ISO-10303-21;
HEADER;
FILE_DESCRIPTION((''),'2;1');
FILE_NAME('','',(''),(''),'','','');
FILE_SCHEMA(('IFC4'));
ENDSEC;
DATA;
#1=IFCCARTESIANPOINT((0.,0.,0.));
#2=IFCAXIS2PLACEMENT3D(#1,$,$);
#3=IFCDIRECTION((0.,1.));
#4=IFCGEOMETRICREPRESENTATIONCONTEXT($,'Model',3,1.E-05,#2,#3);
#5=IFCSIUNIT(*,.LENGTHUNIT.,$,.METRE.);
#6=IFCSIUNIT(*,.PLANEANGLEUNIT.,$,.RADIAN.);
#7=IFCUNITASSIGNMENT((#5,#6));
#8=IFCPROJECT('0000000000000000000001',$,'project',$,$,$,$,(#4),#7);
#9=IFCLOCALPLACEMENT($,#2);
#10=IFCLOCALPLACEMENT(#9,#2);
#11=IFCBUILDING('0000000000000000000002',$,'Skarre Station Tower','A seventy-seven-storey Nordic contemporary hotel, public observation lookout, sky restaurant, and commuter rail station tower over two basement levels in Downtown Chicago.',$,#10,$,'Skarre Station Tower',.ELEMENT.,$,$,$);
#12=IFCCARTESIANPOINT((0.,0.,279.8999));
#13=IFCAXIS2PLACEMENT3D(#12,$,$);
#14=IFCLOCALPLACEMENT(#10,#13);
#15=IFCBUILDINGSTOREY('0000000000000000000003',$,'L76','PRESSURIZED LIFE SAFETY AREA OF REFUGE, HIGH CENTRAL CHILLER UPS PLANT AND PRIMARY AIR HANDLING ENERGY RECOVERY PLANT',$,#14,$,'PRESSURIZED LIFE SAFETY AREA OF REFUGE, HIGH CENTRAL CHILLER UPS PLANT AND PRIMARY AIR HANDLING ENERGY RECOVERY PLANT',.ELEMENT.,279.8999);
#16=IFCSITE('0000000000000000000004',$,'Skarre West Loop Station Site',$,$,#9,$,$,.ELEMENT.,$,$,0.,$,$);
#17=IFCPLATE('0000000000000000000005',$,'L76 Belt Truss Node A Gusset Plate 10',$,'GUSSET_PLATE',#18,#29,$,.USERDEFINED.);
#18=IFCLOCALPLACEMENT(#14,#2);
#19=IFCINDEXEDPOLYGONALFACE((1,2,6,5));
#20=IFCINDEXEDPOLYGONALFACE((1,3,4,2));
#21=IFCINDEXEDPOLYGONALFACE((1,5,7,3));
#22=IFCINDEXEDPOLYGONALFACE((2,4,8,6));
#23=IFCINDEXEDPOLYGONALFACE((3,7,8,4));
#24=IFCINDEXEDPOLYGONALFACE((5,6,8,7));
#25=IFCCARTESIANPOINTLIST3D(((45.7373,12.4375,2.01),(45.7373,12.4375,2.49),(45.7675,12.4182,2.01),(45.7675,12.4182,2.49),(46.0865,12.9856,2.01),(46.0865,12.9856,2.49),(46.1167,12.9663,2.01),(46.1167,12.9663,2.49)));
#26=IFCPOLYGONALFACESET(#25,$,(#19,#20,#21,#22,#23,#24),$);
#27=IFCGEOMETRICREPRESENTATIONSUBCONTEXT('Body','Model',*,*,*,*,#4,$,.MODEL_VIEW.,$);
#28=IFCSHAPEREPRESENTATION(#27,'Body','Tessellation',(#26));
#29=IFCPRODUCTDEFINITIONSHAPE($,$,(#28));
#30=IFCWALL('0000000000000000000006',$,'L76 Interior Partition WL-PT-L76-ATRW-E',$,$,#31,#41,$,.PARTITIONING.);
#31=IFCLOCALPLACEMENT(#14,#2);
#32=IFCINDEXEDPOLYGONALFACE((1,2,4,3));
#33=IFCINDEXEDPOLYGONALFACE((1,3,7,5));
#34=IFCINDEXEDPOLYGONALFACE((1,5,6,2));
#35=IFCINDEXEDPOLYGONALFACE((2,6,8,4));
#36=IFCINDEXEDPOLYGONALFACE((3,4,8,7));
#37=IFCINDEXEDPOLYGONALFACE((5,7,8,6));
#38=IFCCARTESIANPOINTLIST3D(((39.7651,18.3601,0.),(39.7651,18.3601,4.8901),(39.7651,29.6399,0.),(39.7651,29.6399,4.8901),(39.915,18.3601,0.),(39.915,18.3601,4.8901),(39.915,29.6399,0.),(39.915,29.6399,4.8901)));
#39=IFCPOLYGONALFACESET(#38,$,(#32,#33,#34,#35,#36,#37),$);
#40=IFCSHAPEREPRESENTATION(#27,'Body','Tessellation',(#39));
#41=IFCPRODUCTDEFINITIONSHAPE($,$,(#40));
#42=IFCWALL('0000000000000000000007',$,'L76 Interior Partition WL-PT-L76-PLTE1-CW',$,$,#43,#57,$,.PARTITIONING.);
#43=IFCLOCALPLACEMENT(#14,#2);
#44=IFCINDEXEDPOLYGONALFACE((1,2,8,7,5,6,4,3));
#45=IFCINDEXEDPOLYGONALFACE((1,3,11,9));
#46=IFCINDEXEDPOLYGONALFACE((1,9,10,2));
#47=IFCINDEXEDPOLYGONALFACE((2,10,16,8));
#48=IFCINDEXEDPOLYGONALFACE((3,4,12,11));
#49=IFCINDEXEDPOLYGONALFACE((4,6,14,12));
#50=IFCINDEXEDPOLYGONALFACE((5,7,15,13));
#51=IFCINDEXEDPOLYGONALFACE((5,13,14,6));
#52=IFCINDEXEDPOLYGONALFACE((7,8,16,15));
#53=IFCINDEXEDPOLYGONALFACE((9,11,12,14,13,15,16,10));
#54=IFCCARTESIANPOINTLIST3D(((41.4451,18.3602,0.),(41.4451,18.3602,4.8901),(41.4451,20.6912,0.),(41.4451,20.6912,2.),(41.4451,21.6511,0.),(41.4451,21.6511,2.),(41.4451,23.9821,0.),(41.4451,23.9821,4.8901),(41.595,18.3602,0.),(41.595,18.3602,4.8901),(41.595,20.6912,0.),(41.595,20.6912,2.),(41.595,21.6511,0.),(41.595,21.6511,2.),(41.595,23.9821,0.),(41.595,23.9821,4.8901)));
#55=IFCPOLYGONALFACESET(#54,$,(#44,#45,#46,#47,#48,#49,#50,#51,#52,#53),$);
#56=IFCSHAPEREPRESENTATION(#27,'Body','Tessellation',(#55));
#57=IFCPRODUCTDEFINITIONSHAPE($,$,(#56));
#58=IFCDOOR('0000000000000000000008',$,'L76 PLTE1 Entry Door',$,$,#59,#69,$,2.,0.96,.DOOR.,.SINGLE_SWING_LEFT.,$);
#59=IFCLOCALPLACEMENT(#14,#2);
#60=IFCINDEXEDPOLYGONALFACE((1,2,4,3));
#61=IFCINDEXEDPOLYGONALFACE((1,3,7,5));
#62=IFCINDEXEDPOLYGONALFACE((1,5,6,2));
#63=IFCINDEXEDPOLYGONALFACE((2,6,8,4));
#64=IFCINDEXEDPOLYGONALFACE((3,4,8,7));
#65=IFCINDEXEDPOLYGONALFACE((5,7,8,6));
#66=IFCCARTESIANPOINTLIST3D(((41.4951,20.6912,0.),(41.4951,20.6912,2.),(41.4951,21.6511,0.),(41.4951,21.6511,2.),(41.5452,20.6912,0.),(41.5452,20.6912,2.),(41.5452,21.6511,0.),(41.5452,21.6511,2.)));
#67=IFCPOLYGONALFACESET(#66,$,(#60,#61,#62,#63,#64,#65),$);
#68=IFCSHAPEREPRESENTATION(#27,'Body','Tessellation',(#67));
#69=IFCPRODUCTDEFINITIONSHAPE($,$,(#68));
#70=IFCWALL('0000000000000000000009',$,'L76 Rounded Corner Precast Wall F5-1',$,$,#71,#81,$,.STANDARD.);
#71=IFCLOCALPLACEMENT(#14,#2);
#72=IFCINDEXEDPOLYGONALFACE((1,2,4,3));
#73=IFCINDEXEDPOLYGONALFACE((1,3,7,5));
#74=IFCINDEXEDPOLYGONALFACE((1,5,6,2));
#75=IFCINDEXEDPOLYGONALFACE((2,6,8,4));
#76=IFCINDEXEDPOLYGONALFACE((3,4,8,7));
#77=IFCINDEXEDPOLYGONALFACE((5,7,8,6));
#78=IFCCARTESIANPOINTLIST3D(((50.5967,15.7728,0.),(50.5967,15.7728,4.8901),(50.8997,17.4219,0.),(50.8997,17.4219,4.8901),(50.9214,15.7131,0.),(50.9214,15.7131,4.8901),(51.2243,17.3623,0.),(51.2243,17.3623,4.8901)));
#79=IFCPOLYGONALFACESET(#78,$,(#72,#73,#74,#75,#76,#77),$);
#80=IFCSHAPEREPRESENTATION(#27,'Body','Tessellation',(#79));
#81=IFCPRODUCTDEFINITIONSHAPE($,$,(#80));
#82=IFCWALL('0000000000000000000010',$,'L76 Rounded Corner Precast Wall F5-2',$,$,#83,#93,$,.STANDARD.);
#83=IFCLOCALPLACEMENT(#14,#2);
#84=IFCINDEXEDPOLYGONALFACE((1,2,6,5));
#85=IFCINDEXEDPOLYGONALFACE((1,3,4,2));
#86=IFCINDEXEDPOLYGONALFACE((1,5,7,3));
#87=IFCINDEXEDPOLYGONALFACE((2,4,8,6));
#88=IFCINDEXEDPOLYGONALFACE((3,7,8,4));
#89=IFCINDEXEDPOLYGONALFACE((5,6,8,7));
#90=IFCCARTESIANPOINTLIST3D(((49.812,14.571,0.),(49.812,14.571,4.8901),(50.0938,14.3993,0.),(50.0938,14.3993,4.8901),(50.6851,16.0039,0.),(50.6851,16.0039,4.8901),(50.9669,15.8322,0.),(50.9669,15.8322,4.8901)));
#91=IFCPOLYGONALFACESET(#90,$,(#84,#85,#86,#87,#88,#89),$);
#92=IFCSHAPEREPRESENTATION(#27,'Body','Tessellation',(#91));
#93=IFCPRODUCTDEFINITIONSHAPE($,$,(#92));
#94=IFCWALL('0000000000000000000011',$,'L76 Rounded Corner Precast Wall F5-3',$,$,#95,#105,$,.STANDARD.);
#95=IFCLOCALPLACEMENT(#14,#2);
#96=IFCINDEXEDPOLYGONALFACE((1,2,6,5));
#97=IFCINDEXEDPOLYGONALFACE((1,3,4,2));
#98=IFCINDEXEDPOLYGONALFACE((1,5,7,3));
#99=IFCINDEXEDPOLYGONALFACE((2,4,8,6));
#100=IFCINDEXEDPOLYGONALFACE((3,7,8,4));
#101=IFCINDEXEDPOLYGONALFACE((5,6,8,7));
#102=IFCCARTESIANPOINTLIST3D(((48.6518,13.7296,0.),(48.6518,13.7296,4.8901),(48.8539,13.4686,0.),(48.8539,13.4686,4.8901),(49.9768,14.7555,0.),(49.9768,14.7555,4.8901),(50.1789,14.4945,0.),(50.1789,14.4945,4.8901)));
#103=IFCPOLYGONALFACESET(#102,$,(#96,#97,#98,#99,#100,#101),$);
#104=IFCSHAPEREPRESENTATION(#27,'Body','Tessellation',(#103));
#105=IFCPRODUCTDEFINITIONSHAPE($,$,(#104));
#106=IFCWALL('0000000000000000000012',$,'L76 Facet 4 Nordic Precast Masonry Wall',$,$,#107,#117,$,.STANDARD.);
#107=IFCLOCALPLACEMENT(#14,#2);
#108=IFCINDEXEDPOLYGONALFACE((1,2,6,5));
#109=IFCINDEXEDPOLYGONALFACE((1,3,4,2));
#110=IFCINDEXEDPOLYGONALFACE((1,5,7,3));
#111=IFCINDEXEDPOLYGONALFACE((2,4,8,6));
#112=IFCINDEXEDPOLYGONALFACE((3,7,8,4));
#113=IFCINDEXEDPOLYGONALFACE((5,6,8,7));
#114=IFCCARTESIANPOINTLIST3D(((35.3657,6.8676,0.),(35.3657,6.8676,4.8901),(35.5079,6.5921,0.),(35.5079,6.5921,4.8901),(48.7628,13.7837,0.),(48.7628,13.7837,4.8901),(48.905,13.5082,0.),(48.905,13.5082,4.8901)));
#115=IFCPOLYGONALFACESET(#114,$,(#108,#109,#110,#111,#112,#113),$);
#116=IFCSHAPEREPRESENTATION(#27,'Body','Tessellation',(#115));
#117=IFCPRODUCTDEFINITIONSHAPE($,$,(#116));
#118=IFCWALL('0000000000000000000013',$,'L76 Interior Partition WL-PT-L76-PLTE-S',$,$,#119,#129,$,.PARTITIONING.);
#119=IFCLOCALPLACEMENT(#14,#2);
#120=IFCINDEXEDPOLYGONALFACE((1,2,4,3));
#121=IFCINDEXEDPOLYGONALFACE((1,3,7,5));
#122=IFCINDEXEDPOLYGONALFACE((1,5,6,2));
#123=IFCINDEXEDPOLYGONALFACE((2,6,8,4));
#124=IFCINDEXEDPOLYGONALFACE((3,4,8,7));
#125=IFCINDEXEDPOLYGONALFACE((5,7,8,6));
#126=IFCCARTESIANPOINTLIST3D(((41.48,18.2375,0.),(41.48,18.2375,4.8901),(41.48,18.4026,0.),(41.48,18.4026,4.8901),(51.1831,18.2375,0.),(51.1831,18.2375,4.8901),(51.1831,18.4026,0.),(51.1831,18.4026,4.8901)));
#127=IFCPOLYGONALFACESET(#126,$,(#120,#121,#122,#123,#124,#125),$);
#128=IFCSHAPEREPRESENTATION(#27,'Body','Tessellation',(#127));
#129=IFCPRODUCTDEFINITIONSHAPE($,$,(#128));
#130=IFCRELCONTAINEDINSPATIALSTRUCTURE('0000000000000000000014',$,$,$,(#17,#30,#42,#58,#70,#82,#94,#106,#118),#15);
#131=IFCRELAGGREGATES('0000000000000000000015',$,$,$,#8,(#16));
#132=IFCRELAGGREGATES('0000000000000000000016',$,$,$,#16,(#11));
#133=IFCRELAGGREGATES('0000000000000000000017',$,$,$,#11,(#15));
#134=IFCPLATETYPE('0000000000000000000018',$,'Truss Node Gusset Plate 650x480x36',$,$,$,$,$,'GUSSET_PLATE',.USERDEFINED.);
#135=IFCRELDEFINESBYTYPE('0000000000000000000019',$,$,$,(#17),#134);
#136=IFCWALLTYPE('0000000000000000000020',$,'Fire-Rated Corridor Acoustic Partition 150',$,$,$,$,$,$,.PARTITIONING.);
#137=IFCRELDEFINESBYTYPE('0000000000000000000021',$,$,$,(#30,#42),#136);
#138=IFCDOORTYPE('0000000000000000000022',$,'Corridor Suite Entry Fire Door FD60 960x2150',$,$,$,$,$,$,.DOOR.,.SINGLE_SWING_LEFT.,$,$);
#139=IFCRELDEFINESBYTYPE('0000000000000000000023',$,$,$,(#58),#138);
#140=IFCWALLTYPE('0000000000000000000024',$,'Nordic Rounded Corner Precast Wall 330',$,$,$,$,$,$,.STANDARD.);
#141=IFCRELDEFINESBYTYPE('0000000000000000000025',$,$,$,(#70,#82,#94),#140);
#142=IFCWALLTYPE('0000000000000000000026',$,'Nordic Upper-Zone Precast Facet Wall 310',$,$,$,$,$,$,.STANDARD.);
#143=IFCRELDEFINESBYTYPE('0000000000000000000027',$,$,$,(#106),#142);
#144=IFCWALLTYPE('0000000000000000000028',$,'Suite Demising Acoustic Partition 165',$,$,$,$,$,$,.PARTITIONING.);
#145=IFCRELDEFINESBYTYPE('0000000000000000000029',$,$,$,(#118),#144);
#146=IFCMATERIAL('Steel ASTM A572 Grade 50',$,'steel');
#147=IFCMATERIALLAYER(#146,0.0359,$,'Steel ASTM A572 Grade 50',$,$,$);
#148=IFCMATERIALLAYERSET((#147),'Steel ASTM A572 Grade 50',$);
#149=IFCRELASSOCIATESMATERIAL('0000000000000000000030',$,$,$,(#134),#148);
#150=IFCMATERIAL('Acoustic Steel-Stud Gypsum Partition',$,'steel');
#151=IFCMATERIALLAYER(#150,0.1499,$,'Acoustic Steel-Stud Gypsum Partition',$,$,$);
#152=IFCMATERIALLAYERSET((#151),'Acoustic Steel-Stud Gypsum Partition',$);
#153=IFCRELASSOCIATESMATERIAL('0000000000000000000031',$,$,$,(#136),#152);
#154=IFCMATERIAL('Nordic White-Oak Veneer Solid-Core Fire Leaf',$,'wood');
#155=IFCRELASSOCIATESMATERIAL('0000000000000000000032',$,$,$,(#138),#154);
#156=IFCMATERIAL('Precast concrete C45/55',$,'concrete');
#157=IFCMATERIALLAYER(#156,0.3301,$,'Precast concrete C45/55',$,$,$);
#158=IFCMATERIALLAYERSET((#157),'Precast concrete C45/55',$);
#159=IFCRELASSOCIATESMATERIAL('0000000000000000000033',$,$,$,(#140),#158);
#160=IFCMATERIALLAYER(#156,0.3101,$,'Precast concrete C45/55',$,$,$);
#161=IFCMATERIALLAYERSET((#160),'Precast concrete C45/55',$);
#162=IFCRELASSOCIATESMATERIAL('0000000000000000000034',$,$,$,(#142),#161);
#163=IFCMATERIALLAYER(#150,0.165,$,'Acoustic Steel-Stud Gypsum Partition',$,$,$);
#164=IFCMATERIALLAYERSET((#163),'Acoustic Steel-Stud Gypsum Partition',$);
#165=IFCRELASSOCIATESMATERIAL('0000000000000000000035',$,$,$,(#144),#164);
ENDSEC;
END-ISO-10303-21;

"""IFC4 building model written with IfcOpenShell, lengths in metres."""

from ifc_helpers import new_model, si_unit, direction, frame, frame_2d, origin, origin_2d, place, context, subcontext, project, spatial, rectangle, extrude, material, layer, layer_set, type_object, element, fill, save


model = new_model("IFC4")

# Units and contexts
model_context = context("Model", 3, precision=1e-05, world=origin(), true_north=direction((0.0, 1.0)))
body_context = subcontext(model_context, "Body", "Model", "MODEL_VIEW")
ifc_project = project(units=[si_unit("LENGTHUNIT", "METRE"), si_unit("PLANEANGLEUNIT", "RADIAN")], contexts=[model_context])

# Site, building, storey
site_placement = place(None, origin())
site = spatial("IfcSite", under=ifc_project, at=site_placement, Name="Skarre West Loop Station Site", CompositionType="ELEMENT", RefElevation=0.0)
building_placement = place(site_placement, origin())
building = spatial("IfcBuilding", under=site, at=building_placement, Name="Skarre Station Tower", Description="A seventy-seven-storey Nordic contemporary hotel, public observation lookout, sky restaurant, and commuter rail station tower over two basement levels in Downtown Chicago.", LongName="Skarre Station Tower", CompositionType="ELEMENT")
storey_placement = place(building_placement, frame((0.0, 0.0, 279.8999)))
storey = spatial("IfcBuildingStorey", under=building, at=storey_placement, Name="L76", Description="PRESSURIZED LIFE SAFETY AREA OF REFUGE, HIGH CENTRAL CHILLER UPS PLANT AND PRIMARY AIR HANDLING ENERGY RECOVERY PLANT", LongName="PRESSURIZED LIFE SAFETY AREA OF REFUGE, HIGH CENTRAL CHILLER UPS PLANT AND PRIMARY AIR HANDLING ENERGY RECOVERY PLANT", CompositionType="ELEMENT", Elevation=279.8999)

# Plate
ifc_material_1 = material(Name="Steel ASTM A572 Grade 50", Category="steel")
ifc_layer_1 = layer(ifc_material_1, 0.0359, Name="Steel ASTM A572 Grade 50")
ifc_layer_set_1 = layer_set([ifc_layer_1], Name="Steel ASTM A572 Grade 50")
plate_type_1 = type_object("IfcPlateType", Name="Truss Node Gusset Plate 650x480x36", ElementType="GUSSET_PLATE", PredefinedType="USERDEFINED", material=ifc_layer_set_1)
for number, where, z_axis, x_axis, name in (
    (1, (45.927, 12.7019, 2.01), (0.0, 0.0, 1.0), (0.5373, 0.843391, 0.0), "L76 Belt Truss Node A Gusset Plate 10"),
):
    element("IfcPlate", number, at=place(storey_placement, frame(where, z_axis=z_axis, x_axis=x_axis)), inside=storey, type_object=plate_type_1, Name=name, ObjectType="GUSSET_PLATE", PredefinedType="USERDEFINED", context=body_context, shape_type="SweptSolid", body=[
        extrude(rectangle(XDim=0.6499, YDim=0.0359, at=origin_2d()), origin(), (0.0, 0.0, 1.0), 0.48),
    ])

# Wall
ifc_material_2 = material(Name="Acoustic Steel-Stud Gypsum Partition", Category="steel")
ifc_layer_2 = layer(ifc_material_2, 0.1499, Name="Acoustic Steel-Stud Gypsum Partition")
ifc_layer_set_2 = layer_set([ifc_layer_2], Name="Acoustic Steel-Stud Gypsum Partition")
wall_type_1 = type_object("IfcWallType", Name="Fire-Rated Corridor Acoustic Partition 150", PredefinedType="PARTITIONING", material=ifc_layer_set_2)
wall_1_placement = place(storey_placement, frame((39.8401, 18.3601, 0.0), z_axis=(0.0, 0.0, 1.0), x_axis=(0.0, 1.0, 0.0)))
element("IfcWall", 2, at=wall_1_placement, inside=storey, type_object=wall_type_1, Name="L76 Interior Partition WL-PT-L76-ATRW-E", PredefinedType="PARTITIONING", context=body_context, shape_type="SweptSolid", body=[
    extrude(rectangle(XDim=11.2798, YDim=0.1499, at=frame_2d((5.6399, 0.0))), origin(), (0.0, 0.0, 1.0), 4.8901),
])

# Wall, opening, door
wall_2_placement = place(storey_placement, frame((41.52, 18.3601, 0.0), z_axis=(0.0, 0.0, 1.0), x_axis=(0.0, 1.0, 0.0)))
wall_2 = element("IfcWall", 3, at=wall_2_placement, inside=storey, type_object=wall_type_1, Name="L76 Interior Partition WL-PT-L76-PLTE1-CW", PredefinedType="PARTITIONING", context=body_context, shape_type="SweptSolid", body=[
    extrude(rectangle(XDim=5.6218, YDim=0.1499, at=frame_2d((2.811, 0.0))), origin(), (0.0, 0.0, 1.0), 4.8901),
])
opening_placement = place(wall_2_placement, frame((2.3311, 0.0, 0.0)))
opening = element("IfcOpeningElement", 4, at=opening_placement, cuts=wall_2, PredefinedType="OPENING", context=body_context, shape_type="SweptSolid", body=[
    extrude(rectangle(XDim=0.96, YDim=2.0, at=frame_2d((0.48, 1.0))), frame((0.0, 0.085, 0.0), z_axis=(0.0, -1.0, 0.0), x_axis=(1.0, 0.0, 0.0)), (0.0, 0.0, 1.0), 0.1699),
])
ifc_material_3 = material(Name="Nordic White-Oak Veneer Solid-Core Fire Leaf", Category="wood")
door_type = type_object("IfcDoorType", Name="Corridor Suite Entry Fire Door FD60 960x2150", OperationType="SINGLE_SWING_LEFT", PredefinedType="DOOR", material=ifc_material_3)
door_placement = place(opening_placement, origin())
door = element("IfcDoor", 5, at=door_placement, inside=storey, type_object=door_type, Name="L76 PLTE1 Entry Door", OperationType="SINGLE_SWING_LEFT", OverallHeight=2.0, OverallWidth=0.96, PredefinedType="DOOR", context=body_context, shape_type="SweptSolid", body=[
    extrude(rectangle(XDim=0.96, YDim=2.0, at=frame_2d((0.48, 1.0))), frame((0.0, 0.0249, 0.0), z_axis=(0.0, -1.0, 0.0), x_axis=(1.0, 0.0, 0.0)), (0.0, 0.0, 1.0), 0.05),
])
fill(opening, door)

# Walls
ifc_material_4 = material(Name="Precast concrete C45/55", Category="concrete")
ifc_layer_3 = layer(ifc_material_4, 0.3301, Name="Precast concrete C45/55")
ifc_layer_set_3 = layer_set([ifc_layer_3], Name="Precast concrete C45/55")
wall_type_2 = type_object("IfcWallType", Name="Nordic Rounded Corner Precast Wall 330", PredefinedType="STANDARD", material=ifc_layer_set_3)
wall_3_placement = place(storey_placement, frame((51.062, 17.3921, 0.0), z_axis=(0.0, 0.0, 1.0), x_axis=(-0.180692, -0.98354, 0.0)))
element("IfcWall", 6, at=wall_3_placement, inside=storey, type_object=wall_type_2, Name="L76 Rounded Corner Precast Wall F5-1", PredefinedType="STANDARD", context=body_context, shape_type="SweptSolid", body=[
    extrude(rectangle(XDim=1.6768, YDim=0.3301, at=frame_2d((0.8384, 0.0))), origin(), (0.0, 0.0, 1.0), 4.8901),
])
wall_4_placement = place(storey_placement, frame((50.8259, 15.918, 0.0), z_axis=(0.0, 0.0, 1.0), x_axis=(-0.520325, -0.853968, 0.0)))
element("IfcWall", 7, at=wall_4_placement, inside=storey, type_object=wall_type_2, Name="L76 Rounded Corner Precast Wall F5-2", PredefinedType="STANDARD", context=body_context, shape_type="SweptSolid", body=[
    extrude(rectangle(XDim=1.678, YDim=0.3301, at=frame_2d((0.8389, 0.0))), origin(), (0.0, 0.0, 1.0), 4.8901),
])
wall_5_placement = place(storey_placement, frame((50.0779, 14.625, 0.0), z_axis=(0.0, 0.0, 1.0), x_axis=(-0.790692, -0.612214, 0.0)))
element("IfcWall", 8, at=wall_5_placement, inside=storey, type_object=wall_type_2, Name="L76 Rounded Corner Precast Wall F5-3", PredefinedType="STANDARD", context=body_context, shape_type="SweptSolid", body=[
    extrude(rectangle(XDim=1.6758, YDim=0.3301, at=frame_2d((0.8379, 0.0))), origin(), (0.0, 0.0, 1.0), 4.8901),
])
ifc_layer_4 = layer(ifc_material_4, 0.3101, Name="Precast concrete C45/55")
ifc_layer_set_4 = layer_set([ifc_layer_4], Name="Precast concrete C45/55")
wall_type_3 = type_object("IfcWallType", Name="Nordic Upper-Zone Precast Facet Wall 310", PredefinedType="STANDARD", material=ifc_layer_set_4)
wall_6_placement = place(storey_placement, frame((48.834, 13.646, 0.0), z_axis=(0.0, 0.0, 1.0), x_axis=(-0.888581, -0.458719, 0.0)))
element("IfcWall", 9, at=wall_6_placement, inside=storey, type_object=wall_type_3, Name="L76 Facet 4 Nordic Precast Masonry Wall", PredefinedType="STANDARD", context=body_context, shape_type="SweptSolid", body=[
    extrude(rectangle(XDim=15.0769, YDim=0.3101, at=frame_2d((7.5386, 0.0))), origin(), (0.0, 0.0, 1.0), 4.8901),
])
ifc_layer_5 = layer(ifc_material_2, 0.165, Name="Acoustic Steel-Stud Gypsum Partition")
ifc_layer_set_5 = layer_set([ifc_layer_5], Name="Acoustic Steel-Stud Gypsum Partition")
wall_type_4 = type_object("IfcWallType", Name="Suite Demising Acoustic Partition 165", PredefinedType="PARTITIONING", material=ifc_layer_set_5)
wall_7_placement = place(storey_placement, frame((41.48, 18.3201, 0.0), z_axis=(0.0, 0.0, 1.0), x_axis=(1.0, 0.0, 0.0)))
element("IfcWall", 10, at=wall_7_placement, inside=storey, type_object=wall_type_4, Name="L76 Interior Partition WL-PT-L76-PLTE-S", PredefinedType="PARTITIONING", context=body_context, shape_type="SweptSolid", body=[
    extrude(rectangle(XDim=9.7031, YDim=0.165, at=frame_2d((4.8516, 0.0))), origin(), (0.0, 0.0, 1.0), 4.8901),
])

save(model, "model.ifc")
